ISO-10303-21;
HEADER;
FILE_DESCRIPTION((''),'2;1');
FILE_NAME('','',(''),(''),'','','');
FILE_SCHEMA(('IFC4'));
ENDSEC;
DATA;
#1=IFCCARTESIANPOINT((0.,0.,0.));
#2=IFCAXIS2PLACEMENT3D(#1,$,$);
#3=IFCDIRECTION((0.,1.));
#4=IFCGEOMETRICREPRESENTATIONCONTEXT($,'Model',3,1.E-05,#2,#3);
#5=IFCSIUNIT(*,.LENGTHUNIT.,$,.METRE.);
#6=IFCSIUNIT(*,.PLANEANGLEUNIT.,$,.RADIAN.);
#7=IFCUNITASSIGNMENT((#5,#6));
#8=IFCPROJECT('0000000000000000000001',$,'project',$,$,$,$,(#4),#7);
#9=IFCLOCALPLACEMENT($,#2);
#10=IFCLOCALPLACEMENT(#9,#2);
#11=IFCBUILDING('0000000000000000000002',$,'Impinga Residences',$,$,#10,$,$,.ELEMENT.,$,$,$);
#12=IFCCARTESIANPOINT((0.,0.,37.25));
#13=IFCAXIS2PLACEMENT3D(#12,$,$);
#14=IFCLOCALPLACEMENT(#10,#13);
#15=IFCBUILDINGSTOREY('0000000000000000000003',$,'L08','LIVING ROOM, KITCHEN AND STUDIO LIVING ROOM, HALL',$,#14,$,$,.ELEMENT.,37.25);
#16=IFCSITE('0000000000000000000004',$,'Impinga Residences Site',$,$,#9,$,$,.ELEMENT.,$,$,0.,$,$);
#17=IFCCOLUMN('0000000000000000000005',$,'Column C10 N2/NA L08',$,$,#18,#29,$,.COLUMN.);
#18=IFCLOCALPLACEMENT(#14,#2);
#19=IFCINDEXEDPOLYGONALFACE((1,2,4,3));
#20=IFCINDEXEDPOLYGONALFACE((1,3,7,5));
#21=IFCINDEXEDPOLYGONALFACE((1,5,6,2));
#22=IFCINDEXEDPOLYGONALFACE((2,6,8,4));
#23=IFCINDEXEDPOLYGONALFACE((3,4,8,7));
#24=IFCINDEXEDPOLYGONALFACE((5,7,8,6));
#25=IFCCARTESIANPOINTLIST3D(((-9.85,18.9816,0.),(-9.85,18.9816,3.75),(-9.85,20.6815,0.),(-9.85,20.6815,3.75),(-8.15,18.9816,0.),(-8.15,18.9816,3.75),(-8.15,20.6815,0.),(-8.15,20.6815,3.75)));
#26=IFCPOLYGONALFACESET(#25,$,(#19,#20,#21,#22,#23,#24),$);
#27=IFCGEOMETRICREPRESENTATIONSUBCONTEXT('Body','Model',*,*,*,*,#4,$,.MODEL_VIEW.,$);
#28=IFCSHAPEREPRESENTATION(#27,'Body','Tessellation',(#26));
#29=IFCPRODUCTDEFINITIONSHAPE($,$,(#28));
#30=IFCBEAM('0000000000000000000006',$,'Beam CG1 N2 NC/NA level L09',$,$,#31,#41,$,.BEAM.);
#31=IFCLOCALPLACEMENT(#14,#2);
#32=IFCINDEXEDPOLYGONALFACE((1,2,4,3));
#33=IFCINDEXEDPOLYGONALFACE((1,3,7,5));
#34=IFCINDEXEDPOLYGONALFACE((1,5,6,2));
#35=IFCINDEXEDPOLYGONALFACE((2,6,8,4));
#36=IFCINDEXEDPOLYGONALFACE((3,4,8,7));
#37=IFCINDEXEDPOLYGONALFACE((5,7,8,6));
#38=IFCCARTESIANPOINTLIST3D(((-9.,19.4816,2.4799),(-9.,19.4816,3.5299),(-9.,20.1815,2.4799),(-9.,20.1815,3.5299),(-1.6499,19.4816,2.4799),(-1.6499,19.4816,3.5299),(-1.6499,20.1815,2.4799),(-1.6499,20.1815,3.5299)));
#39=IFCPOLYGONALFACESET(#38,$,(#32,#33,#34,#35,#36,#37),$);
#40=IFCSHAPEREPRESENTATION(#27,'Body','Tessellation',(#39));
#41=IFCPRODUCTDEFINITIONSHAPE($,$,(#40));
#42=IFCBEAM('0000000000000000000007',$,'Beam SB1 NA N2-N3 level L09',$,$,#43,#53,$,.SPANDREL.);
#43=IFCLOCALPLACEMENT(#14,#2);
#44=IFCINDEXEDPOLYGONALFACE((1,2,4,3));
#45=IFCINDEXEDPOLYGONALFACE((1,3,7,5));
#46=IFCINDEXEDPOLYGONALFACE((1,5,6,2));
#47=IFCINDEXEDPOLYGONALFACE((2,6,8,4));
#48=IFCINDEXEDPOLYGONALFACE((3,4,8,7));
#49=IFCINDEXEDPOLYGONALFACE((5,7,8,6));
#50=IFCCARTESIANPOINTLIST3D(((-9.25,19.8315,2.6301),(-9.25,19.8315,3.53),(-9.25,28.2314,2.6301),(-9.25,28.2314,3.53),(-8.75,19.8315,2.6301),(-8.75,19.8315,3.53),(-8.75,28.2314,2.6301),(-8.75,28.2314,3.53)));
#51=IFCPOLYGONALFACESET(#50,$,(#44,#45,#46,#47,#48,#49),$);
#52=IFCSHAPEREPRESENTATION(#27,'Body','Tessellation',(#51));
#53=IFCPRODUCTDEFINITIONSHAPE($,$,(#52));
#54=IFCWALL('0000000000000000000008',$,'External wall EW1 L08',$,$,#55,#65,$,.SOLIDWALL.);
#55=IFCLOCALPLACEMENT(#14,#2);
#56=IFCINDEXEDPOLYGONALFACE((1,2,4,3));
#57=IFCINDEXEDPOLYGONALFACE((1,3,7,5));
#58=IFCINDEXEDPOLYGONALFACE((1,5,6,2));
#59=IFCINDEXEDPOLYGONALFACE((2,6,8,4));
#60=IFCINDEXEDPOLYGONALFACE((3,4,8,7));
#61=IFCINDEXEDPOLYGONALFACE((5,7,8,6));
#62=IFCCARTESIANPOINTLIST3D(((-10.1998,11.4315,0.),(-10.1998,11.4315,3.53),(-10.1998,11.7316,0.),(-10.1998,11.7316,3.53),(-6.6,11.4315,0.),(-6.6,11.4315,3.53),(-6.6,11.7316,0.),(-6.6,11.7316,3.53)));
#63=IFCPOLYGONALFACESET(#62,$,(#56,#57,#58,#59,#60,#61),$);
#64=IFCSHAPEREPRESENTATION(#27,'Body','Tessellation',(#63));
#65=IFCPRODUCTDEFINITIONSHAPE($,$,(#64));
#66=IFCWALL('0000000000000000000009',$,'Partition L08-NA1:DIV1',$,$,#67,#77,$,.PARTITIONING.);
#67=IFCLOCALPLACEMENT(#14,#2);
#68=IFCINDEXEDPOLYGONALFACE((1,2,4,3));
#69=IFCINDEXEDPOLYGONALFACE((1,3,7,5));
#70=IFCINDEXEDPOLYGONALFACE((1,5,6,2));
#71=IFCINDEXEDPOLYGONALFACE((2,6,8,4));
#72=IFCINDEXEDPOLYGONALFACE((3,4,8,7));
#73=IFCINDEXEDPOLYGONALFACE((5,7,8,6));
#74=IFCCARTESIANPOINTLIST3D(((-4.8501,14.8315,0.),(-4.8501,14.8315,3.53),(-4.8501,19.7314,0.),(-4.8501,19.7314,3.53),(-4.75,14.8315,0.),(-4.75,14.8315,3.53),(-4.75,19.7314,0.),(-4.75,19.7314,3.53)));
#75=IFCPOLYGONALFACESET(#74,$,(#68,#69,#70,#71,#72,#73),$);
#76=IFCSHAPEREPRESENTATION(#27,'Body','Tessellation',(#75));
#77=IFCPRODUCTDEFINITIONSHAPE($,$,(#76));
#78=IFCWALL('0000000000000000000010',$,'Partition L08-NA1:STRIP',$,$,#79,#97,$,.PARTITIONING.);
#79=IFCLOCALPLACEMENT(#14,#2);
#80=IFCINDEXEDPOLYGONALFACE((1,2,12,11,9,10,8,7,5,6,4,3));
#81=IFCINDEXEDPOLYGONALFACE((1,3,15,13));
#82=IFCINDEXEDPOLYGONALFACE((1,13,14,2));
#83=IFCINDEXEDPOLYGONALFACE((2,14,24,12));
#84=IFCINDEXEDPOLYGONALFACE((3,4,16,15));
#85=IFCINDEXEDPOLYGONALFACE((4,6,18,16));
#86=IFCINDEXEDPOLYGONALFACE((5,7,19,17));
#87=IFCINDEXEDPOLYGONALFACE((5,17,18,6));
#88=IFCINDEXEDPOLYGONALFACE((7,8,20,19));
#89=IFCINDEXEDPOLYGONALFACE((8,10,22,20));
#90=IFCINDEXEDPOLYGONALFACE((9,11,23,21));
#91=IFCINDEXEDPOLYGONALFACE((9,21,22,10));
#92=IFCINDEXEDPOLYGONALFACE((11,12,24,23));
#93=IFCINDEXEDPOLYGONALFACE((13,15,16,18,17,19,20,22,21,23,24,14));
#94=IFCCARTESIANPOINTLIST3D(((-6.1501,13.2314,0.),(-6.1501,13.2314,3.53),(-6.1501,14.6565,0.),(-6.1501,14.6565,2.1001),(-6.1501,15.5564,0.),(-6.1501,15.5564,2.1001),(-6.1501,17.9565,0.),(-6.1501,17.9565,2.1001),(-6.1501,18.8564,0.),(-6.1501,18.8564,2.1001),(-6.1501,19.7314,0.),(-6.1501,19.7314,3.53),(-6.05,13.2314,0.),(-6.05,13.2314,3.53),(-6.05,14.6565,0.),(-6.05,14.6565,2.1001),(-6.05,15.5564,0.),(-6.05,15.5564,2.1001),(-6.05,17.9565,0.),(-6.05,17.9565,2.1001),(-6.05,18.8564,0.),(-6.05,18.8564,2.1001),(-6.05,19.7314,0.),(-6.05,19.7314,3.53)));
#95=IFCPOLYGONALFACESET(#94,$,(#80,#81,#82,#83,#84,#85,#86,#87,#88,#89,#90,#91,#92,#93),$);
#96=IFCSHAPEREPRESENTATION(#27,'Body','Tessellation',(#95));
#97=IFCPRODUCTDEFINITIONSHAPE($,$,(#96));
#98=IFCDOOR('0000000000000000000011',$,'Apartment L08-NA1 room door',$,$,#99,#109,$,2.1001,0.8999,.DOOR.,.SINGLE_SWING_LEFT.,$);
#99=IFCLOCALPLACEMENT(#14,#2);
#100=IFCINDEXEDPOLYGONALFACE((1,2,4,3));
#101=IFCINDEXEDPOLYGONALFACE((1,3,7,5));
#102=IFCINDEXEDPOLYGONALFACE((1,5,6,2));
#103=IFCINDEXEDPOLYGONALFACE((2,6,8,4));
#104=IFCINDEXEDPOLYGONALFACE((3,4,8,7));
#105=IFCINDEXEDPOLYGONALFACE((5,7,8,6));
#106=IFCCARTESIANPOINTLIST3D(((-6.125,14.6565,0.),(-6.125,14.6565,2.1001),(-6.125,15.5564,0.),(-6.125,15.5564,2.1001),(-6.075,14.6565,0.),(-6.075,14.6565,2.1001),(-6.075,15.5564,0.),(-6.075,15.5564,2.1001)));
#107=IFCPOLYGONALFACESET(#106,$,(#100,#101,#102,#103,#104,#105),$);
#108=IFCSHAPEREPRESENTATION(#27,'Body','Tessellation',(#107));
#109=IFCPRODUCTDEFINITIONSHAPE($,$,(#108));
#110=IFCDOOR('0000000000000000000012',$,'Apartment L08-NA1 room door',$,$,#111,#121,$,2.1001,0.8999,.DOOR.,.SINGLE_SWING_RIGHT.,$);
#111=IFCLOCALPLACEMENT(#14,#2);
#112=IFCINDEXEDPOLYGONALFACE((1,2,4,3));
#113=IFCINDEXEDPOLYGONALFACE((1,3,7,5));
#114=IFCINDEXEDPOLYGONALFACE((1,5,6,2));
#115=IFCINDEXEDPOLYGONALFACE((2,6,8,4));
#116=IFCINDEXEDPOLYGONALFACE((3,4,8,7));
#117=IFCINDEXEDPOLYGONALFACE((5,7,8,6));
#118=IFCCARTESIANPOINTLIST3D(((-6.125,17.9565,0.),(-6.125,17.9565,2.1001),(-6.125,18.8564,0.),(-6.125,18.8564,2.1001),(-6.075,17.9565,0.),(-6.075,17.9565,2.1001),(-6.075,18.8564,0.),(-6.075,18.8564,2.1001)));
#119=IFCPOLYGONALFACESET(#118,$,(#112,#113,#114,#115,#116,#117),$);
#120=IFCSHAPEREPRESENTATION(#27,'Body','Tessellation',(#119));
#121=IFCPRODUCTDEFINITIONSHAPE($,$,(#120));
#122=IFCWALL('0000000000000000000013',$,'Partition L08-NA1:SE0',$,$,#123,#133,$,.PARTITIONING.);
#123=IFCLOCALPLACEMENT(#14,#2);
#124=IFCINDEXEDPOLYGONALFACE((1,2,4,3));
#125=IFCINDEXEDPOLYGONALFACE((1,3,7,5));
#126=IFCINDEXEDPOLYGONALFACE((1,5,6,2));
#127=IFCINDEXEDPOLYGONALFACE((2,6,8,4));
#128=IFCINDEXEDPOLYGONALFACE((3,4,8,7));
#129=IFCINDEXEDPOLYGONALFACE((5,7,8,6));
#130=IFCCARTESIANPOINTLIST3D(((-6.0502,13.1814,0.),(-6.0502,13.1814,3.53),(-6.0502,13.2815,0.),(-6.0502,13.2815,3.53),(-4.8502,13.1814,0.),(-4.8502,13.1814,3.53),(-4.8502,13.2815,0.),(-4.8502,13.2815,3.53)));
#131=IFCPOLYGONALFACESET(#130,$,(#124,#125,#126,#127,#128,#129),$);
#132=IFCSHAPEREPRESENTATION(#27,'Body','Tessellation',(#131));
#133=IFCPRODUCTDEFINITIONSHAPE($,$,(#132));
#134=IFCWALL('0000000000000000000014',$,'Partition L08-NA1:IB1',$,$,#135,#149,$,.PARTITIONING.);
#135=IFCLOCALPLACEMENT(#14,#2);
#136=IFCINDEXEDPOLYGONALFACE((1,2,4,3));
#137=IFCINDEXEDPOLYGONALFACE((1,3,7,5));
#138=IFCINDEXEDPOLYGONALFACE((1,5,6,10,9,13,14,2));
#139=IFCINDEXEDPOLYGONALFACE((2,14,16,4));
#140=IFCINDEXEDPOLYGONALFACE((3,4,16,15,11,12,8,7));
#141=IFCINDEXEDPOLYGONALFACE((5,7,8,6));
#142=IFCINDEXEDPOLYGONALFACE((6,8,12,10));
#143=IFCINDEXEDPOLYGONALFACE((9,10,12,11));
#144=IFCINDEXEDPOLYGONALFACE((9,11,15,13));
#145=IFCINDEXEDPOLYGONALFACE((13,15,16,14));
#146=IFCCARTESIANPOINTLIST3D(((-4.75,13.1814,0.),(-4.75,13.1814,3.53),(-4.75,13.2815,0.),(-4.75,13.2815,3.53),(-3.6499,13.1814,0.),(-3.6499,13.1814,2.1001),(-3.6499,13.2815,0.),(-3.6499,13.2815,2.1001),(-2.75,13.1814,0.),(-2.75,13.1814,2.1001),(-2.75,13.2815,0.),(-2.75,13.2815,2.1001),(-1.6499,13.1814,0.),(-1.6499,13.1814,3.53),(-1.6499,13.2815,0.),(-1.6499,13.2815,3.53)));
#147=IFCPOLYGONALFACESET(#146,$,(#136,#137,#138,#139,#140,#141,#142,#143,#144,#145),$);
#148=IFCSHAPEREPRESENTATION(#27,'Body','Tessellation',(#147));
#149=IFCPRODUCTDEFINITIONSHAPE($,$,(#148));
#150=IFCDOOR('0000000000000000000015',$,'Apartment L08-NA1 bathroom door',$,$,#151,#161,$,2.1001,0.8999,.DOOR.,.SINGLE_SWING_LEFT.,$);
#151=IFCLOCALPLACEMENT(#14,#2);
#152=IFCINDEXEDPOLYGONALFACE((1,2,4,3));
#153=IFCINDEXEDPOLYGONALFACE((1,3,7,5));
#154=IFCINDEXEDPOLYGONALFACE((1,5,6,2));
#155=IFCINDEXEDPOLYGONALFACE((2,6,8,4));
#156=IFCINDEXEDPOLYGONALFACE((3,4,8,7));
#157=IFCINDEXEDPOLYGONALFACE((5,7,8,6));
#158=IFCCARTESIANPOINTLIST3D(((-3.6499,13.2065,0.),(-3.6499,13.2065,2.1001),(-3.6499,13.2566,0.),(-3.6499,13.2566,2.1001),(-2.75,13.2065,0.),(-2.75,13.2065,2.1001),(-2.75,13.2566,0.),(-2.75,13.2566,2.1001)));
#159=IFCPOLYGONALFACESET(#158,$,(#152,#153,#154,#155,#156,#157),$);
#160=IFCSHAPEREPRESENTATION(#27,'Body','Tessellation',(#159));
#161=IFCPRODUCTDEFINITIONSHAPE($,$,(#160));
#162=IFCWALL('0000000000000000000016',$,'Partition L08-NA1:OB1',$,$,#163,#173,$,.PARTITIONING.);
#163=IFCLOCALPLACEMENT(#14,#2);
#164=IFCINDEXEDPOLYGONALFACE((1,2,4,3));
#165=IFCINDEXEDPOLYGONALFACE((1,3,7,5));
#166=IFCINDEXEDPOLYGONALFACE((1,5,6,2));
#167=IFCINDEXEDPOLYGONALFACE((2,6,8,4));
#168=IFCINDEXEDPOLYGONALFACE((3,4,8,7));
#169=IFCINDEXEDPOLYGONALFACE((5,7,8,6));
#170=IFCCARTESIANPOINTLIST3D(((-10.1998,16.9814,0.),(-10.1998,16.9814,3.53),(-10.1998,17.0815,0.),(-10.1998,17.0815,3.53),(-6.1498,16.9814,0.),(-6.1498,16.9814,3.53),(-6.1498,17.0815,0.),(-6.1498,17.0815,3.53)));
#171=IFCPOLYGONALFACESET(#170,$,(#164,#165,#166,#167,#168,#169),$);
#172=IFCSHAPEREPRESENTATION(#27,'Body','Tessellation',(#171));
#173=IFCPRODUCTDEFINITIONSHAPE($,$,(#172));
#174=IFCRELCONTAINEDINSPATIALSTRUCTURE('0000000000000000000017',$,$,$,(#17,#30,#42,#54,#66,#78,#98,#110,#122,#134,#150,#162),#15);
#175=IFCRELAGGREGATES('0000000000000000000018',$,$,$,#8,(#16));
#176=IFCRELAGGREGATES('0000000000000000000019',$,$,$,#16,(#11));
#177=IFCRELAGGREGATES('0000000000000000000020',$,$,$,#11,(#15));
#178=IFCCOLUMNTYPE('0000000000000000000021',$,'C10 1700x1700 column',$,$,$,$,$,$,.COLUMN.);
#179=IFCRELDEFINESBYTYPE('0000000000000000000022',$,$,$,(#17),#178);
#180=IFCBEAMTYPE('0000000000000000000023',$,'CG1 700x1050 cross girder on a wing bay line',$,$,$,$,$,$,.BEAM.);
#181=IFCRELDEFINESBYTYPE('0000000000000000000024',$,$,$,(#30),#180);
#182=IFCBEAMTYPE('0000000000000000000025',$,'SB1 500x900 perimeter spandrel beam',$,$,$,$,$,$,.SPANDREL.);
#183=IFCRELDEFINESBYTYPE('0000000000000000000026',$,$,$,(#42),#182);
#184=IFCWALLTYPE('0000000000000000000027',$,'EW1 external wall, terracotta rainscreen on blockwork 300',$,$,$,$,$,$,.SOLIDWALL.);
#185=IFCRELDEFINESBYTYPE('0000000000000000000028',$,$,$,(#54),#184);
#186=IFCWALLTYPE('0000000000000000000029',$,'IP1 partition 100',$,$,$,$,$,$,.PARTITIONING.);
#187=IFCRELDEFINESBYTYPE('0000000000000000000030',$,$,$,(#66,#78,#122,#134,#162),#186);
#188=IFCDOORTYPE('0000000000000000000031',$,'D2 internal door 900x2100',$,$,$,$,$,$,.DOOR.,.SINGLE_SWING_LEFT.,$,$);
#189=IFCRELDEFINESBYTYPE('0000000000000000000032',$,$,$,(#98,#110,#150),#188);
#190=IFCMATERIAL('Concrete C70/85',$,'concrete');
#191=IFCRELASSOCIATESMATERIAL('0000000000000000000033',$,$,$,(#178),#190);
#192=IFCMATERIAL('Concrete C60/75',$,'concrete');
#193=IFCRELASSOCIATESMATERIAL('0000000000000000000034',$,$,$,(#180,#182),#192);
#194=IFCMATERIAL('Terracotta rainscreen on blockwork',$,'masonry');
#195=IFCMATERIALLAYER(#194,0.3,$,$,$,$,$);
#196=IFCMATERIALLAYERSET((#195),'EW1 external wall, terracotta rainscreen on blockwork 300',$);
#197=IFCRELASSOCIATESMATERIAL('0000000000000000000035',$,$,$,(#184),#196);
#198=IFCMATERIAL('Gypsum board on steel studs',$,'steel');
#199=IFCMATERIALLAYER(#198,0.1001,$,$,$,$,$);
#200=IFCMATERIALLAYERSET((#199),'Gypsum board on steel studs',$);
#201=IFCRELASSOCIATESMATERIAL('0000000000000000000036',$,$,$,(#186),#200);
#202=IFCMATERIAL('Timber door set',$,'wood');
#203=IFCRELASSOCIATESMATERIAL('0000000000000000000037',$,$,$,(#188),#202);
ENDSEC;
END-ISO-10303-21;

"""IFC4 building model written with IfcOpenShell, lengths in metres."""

from ifc_helpers import new_model, si_unit, direction, frame, frame_2d, origin, origin_2d, place, context, subcontext, project, spatial, rectangle, extrude, material, layer, layer_set, material_profile, profile_set, type_object, element, fill, save


model = new_model("IFC4")

# Units and contexts
model_context = context("Model", 3, precision=1e-05, world=origin(), true_north=direction((0.0, 1.0)))
body_context = subcontext(model_context, "Body", "Model", "MODEL_VIEW")
ifc_project = project(units=[si_unit("LENGTHUNIT", "METRE"), si_unit("PLANEANGLEUNIT", "RADIAN")], contexts=[model_context])

# Site, building, storey
site_placement = place(None, origin())
site = spatial("IfcSite", under=ifc_project, at=site_placement, Name="Impinga Residences Site", CompositionType="ELEMENT", RefElevation=0.0)
building_placement = place(site_placement, origin())
building = spatial("IfcBuilding", under=site, at=building_placement, Name="Impinga Residences", CompositionType="ELEMENT")
storey_placement = place(building_placement, frame((0.0, 0.0, 37.25)))
storey = spatial("IfcBuildingStorey", under=building, at=storey_placement, Name="L08", Description="LIVING ROOM, KITCHEN AND STUDIO LIVING ROOM, HALL", CompositionType="ELEMENT", Elevation=37.25)

# Column
ifc_material_1 = material(Name="Concrete C70/85", Category="concrete")
ifc_material_profile_1 = material_profile(ifc_material_1, rectangle(XDim=1.7, YDim=1.7, at=origin_2d()), Name="RC 1700x1700")
ifc_profile_set_1 = profile_set([ifc_material_profile_1], Name="Concrete C70/85")
column_type = type_object("IfcColumnType", Name="C10 1700x1700 column", PredefinedType="COLUMN", material=ifc_profile_set_1)
column_placement = place(storey_placement, frame((-9.0, 19.8315, 0.0), z_axis=(0.0, 0.0, 1.0), x_axis=(1.0, 0.0, 0.0)))
element("IfcColumn", 1, at=column_placement, inside=storey, type_object=column_type, Name="Column C10 N2/NA L08", PredefinedType="COLUMN", context=body_context, shape_type="SweptSolid", body=[
    extrude(rectangle(XDim=1.7, YDim=1.7, at=origin_2d()), origin(), (0.0, 0.0, 1.0), 3.75),
])

# Beams
ifc_material_2 = material(Name="Concrete C60/75", Category="concrete")
ifc_material_profile_2 = material_profile(ifc_material_2, rectangle(XDim=0.7, YDim=1.05, at=origin_2d()), Name="RC 700x1050")
ifc_profile_set_2 = profile_set([ifc_material_profile_2], Name="Concrete C60/75")
beam_type_1 = type_object("IfcBeamType", Name="CG1 700x1050 cross girder on a wing bay line", PredefinedType="BEAM", material=ifc_profile_set_2)
beam_1_placement = place(storey_placement, frame((-1.6499, 19.8315, 3.0049), z_axis=(-1.0, 0.0, 0.0), x_axis=(0.0, -1.0, 0.0)))
element("IfcBeam", 2, at=beam_1_placement, inside=storey, type_object=beam_type_1, Name="Beam CG1 N2 NC/NA level L09", PredefinedType="BEAM", context=body_context, shape_type="SweptSolid", body=[
    extrude(rectangle(XDim=0.7, YDim=1.05, at=origin_2d()), origin(), (0.0, 0.0, 1.0), 7.3501),
])
ifc_material_profile_3 = material_profile(ifc_material_2, rectangle(XDim=0.5, YDim=0.8999, at=origin_2d()), Name="RC 500x900")
ifc_profile_set_3 = profile_set([ifc_material_profile_3], Name="Concrete C60/75")
beam_type_2 = type_object("IfcBeamType", Name="SB1 500x900 perimeter spandrel beam", PredefinedType="SPANDREL", material=ifc_profile_set_3)
beam_2_placement = place(storey_placement, frame((-9.0, 19.8315, 3.0801), z_axis=(0.0, 1.0, 0.0), x_axis=(-1.0, 0.0, 0.0)))
element("IfcBeam", 3, at=beam_2_placement, inside=storey, type_object=beam_type_2, Name="Beam SB1 NA N2-N3 level L09", PredefinedType="SPANDREL", context=body_context, shape_type="SweptSolid", body=[
    extrude(rectangle(XDim=0.5, YDim=0.8999, at=origin_2d()), origin(), (0.0, 0.0, 1.0), 8.3999),
])

# Walls
ifc_material_3 = material(Name="Terracotta rainscreen on blockwork", Category="masonry")
ifc_layer_1 = layer(ifc_material_3, 0.3)
ifc_layer_set_1 = layer_set([ifc_layer_1], Name="EW1 external wall, terracotta rainscreen on blockwork 300")
wall_type_1 = type_object("IfcWallType", Name="EW1 external wall, terracotta rainscreen on blockwork 300", PredefinedType="SOLIDWALL", material=ifc_layer_set_1)
wall_1_placement = place(storey_placement, frame((-6.6001, 11.5815, 0.0), z_axis=(0.0, 0.0, 1.0), x_axis=(-1.0, 0.0, 0.0)))
element("IfcWall", 4, at=wall_1_placement, inside=storey, type_object=wall_type_1, Name="External wall EW1 L08", PredefinedType="SOLIDWALL", context=body_context, shape_type="SweptSolid", body=[
    extrude(rectangle(XDim=3.5999, YDim=0.3, at=frame_2d((1.7998, 0.0))), origin(), (0.0, 0.0, 1.0), 3.53),
])
ifc_material_4 = material(Name="Gypsum board on steel studs", Category="steel")
ifc_layer_2 = layer(ifc_material_4, 0.1001)
ifc_layer_set_2 = layer_set([ifc_layer_2], Name="Gypsum board on steel studs")
wall_type_2 = type_object("IfcWallType", Name="IP1 partition 100", PredefinedType="PARTITIONING", material=ifc_layer_set_2)
wall_2_placement = place(storey_placement, frame((-4.8, 14.8315, 0.0), z_axis=(0.0, 0.0, 1.0), x_axis=(0.0, 1.0, 0.0)))
element("IfcWall", 5, at=wall_2_placement, inside=storey, type_object=wall_type_2, Name="Partition L08-NA1:DIV1", PredefinedType="PARTITIONING", context=body_context, shape_type="SweptSolid", body=[
    extrude(rectangle(XDim=4.8999, YDim=0.1001, at=frame_2d((2.45, 0.0))), origin(), (0.0, 0.0, 1.0), 3.53),
])

# Wall, openings, doors
wall_3_placement = place(storey_placement, frame((-6.1001, 13.2314, 0.0), z_axis=(0.0, 0.0, 1.0), x_axis=(0.0, 1.0, 0.0)))
wall_3 = element("IfcWall", 6, at=wall_3_placement, inside=storey, type_object=wall_type_2, Name="Partition L08-NA1:STRIP", PredefinedType="PARTITIONING", context=body_context, shape_type="SweptSolid", body=[
    extrude(rectangle(XDim=6.5, YDim=0.1001, at=frame_2d((3.25, 0.0))), origin(), (0.0, 0.0, 1.0), 3.53),
])
opening_1_placement = place(wall_3_placement, frame((1.425, 0.0, 0.0)))
opening_1 = element("IfcOpeningElement", 7, at=opening_1_placement, cuts=wall_3, PredefinedType="OPENING", context=body_context, shape_type="SweptSolid", body=[
    extrude(rectangle(XDim=0.8999, YDim=2.1001, at=frame_2d((0.45, 1.05))), frame((0.0, 0.0601, 0.0), z_axis=(0.0, -1.0, 0.0), x_axis=(1.0, 0.0, 0.0)), (0.0, 0.0, 1.0), 0.1201),
])
opening_2_placement = place(wall_3_placement, frame((4.7251, 0.0, 0.0)))
opening_2 = element("IfcOpeningElement", 8, at=opening_2_placement, cuts=wall_3, PredefinedType="OPENING", context=body_context, shape_type="SweptSolid", body=[
    extrude(rectangle(XDim=0.8999, YDim=2.1001, at=frame_2d((0.45, 1.05))), frame((0.0, 0.0601, 0.0), z_axis=(0.0, -1.0, 0.0), x_axis=(1.0, 0.0, 0.0)), (0.0, 0.0, 1.0), 0.1201),
])
ifc_material_5 = material(Name="Timber door set", Category="wood")
door_type = type_object("IfcDoorType", Name="D2 internal door 900x2100", OperationType="SINGLE_SWING_LEFT", PredefinedType="DOOR", material=ifc_material_5)
door_1_placement = place(opening_1_placement, origin())
door_1 = element("IfcDoor", 9, at=door_1_placement, inside=storey, type_object=door_type, Name="Apartment L08-NA1 room door", OperationType="SINGLE_SWING_LEFT", OverallHeight=2.1001, OverallWidth=0.8999, PredefinedType="DOOR", context=body_context, shape_type="SweptSolid", body=[
    extrude(rectangle(XDim=0.8999, YDim=2.1001, at=frame_2d((0.45, 1.05))), frame((0.0, 0.0249, 0.0), z_axis=(0.0, -1.0, 0.0), x_axis=(1.0, 0.0, 0.0)), (0.0, 0.0, 1.0), 0.05),
])
fill(opening_1, door_1)
door_2_placement = place(opening_2_placement, origin())
door_2 = element("IfcDoor", 10, at=door_2_placement, inside=storey, type_object=door_type, Name="Apartment L08-NA1 room door", OperationType="SINGLE_SWING_RIGHT", OverallHeight=2.1001, OverallWidth=0.8999, PredefinedType="DOOR", context=body_context, shape_type="SweptSolid", body=[
    extrude(rectangle(XDim=0.8999, YDim=2.1001, at=frame_2d((0.45, 1.05))), frame((0.0, 0.0249, 0.0), z_axis=(0.0, -1.0, 0.0), x_axis=(1.0, 0.0, 0.0)), (0.0, 0.0, 1.0), 0.05),
])
fill(opening_2, door_2)

# Wall
wall_4_placement = place(storey_placement, frame((-4.8501, 13.2314, 0.0), z_axis=(0.0, 0.0, 1.0), x_axis=(-1.0, 0.0, 0.0)))
element("IfcWall", 11, at=wall_4_placement, inside=storey, type_object=wall_type_2, Name="Partition L08-NA1:SE0", PredefinedType="PARTITIONING", context=body_context, shape_type="SweptSolid", body=[
    extrude(rectangle(XDim=1.2, YDim=0.1001, at=frame_2d((0.6001, 0.0))), origin(), (0.0, 0.0, 1.0), 3.53),
])

# Wall, opening, door
wall_5_placement = place(storey_placement, frame((-1.6499, 13.2314, 0.0), z_axis=(0.0, 0.0, 1.0), x_axis=(-1.0, 0.0, 0.0)))
wall_5 = element("IfcWall", 12, at=wall_5_placement, inside=storey, type_object=wall_type_2, Name="Partition L08-NA1:IB1", PredefinedType="PARTITIONING", context=body_context, shape_type="SweptSolid", body=[
    extrude(rectangle(XDim=3.1001, YDim=0.1001, at=frame_2d((1.55, 0.0))), origin(), (0.0, 0.0, 1.0), 3.53),
])
opening_3_placement = place(wall_5_placement, frame((1.1001, 0.0, 0.0)))
opening_3 = element("IfcOpeningElement", 13, at=opening_3_placement, cuts=wall_5, PredefinedType="OPENING", context=body_context, shape_type="SweptSolid", body=[
    extrude(rectangle(XDim=0.8999, YDim=2.1001, at=frame_2d((0.45, 1.05))), frame((0.0, 0.0601, 0.0), z_axis=(0.0, -1.0, 0.0), x_axis=(1.0, 0.0, 0.0)), (0.0, 0.0, 1.0), 0.1201),
])
door_3_placement = place(opening_3_placement, origin())
door_3 = element("IfcDoor", 14, at=door_3_placement, inside=storey, type_object=door_type, Name="Apartment L08-NA1 bathroom door", OperationType="SINGLE_SWING_LEFT", OverallHeight=2.1001, OverallWidth=0.8999, PredefinedType="DOOR", context=body_context, shape_type="SweptSolid", body=[
    extrude(rectangle(XDim=0.8999, YDim=2.1001, at=frame_2d((0.45, 1.05))), frame((0.0, 0.0249, 0.0), z_axis=(0.0, -1.0, 0.0), x_axis=(1.0, 0.0, 0.0)), (0.0, 0.0, 1.0), 0.05),
])
fill(opening_3, door_3)

# Wall
wall_6_placement = place(storey_placement, frame((-6.1499, 17.0315, 0.0), z_axis=(0.0, 0.0, 1.0), x_axis=(-1.0, 0.0, 0.0)))
element("IfcWall", 15, at=wall_6_placement, inside=storey, type_object=wall_type_2, Name="Partition L08-NA1:OB1", PredefinedType="PARTITIONING", context=body_context, shape_type="SweptSolid", body=[
    extrude(rectangle(XDim=4.05, YDim=0.1001, at=frame_2d((2.0249, 0.0))), origin(), (0.0, 0.0, 1.0), 3.53),
])

save(model, "model.ifc")
